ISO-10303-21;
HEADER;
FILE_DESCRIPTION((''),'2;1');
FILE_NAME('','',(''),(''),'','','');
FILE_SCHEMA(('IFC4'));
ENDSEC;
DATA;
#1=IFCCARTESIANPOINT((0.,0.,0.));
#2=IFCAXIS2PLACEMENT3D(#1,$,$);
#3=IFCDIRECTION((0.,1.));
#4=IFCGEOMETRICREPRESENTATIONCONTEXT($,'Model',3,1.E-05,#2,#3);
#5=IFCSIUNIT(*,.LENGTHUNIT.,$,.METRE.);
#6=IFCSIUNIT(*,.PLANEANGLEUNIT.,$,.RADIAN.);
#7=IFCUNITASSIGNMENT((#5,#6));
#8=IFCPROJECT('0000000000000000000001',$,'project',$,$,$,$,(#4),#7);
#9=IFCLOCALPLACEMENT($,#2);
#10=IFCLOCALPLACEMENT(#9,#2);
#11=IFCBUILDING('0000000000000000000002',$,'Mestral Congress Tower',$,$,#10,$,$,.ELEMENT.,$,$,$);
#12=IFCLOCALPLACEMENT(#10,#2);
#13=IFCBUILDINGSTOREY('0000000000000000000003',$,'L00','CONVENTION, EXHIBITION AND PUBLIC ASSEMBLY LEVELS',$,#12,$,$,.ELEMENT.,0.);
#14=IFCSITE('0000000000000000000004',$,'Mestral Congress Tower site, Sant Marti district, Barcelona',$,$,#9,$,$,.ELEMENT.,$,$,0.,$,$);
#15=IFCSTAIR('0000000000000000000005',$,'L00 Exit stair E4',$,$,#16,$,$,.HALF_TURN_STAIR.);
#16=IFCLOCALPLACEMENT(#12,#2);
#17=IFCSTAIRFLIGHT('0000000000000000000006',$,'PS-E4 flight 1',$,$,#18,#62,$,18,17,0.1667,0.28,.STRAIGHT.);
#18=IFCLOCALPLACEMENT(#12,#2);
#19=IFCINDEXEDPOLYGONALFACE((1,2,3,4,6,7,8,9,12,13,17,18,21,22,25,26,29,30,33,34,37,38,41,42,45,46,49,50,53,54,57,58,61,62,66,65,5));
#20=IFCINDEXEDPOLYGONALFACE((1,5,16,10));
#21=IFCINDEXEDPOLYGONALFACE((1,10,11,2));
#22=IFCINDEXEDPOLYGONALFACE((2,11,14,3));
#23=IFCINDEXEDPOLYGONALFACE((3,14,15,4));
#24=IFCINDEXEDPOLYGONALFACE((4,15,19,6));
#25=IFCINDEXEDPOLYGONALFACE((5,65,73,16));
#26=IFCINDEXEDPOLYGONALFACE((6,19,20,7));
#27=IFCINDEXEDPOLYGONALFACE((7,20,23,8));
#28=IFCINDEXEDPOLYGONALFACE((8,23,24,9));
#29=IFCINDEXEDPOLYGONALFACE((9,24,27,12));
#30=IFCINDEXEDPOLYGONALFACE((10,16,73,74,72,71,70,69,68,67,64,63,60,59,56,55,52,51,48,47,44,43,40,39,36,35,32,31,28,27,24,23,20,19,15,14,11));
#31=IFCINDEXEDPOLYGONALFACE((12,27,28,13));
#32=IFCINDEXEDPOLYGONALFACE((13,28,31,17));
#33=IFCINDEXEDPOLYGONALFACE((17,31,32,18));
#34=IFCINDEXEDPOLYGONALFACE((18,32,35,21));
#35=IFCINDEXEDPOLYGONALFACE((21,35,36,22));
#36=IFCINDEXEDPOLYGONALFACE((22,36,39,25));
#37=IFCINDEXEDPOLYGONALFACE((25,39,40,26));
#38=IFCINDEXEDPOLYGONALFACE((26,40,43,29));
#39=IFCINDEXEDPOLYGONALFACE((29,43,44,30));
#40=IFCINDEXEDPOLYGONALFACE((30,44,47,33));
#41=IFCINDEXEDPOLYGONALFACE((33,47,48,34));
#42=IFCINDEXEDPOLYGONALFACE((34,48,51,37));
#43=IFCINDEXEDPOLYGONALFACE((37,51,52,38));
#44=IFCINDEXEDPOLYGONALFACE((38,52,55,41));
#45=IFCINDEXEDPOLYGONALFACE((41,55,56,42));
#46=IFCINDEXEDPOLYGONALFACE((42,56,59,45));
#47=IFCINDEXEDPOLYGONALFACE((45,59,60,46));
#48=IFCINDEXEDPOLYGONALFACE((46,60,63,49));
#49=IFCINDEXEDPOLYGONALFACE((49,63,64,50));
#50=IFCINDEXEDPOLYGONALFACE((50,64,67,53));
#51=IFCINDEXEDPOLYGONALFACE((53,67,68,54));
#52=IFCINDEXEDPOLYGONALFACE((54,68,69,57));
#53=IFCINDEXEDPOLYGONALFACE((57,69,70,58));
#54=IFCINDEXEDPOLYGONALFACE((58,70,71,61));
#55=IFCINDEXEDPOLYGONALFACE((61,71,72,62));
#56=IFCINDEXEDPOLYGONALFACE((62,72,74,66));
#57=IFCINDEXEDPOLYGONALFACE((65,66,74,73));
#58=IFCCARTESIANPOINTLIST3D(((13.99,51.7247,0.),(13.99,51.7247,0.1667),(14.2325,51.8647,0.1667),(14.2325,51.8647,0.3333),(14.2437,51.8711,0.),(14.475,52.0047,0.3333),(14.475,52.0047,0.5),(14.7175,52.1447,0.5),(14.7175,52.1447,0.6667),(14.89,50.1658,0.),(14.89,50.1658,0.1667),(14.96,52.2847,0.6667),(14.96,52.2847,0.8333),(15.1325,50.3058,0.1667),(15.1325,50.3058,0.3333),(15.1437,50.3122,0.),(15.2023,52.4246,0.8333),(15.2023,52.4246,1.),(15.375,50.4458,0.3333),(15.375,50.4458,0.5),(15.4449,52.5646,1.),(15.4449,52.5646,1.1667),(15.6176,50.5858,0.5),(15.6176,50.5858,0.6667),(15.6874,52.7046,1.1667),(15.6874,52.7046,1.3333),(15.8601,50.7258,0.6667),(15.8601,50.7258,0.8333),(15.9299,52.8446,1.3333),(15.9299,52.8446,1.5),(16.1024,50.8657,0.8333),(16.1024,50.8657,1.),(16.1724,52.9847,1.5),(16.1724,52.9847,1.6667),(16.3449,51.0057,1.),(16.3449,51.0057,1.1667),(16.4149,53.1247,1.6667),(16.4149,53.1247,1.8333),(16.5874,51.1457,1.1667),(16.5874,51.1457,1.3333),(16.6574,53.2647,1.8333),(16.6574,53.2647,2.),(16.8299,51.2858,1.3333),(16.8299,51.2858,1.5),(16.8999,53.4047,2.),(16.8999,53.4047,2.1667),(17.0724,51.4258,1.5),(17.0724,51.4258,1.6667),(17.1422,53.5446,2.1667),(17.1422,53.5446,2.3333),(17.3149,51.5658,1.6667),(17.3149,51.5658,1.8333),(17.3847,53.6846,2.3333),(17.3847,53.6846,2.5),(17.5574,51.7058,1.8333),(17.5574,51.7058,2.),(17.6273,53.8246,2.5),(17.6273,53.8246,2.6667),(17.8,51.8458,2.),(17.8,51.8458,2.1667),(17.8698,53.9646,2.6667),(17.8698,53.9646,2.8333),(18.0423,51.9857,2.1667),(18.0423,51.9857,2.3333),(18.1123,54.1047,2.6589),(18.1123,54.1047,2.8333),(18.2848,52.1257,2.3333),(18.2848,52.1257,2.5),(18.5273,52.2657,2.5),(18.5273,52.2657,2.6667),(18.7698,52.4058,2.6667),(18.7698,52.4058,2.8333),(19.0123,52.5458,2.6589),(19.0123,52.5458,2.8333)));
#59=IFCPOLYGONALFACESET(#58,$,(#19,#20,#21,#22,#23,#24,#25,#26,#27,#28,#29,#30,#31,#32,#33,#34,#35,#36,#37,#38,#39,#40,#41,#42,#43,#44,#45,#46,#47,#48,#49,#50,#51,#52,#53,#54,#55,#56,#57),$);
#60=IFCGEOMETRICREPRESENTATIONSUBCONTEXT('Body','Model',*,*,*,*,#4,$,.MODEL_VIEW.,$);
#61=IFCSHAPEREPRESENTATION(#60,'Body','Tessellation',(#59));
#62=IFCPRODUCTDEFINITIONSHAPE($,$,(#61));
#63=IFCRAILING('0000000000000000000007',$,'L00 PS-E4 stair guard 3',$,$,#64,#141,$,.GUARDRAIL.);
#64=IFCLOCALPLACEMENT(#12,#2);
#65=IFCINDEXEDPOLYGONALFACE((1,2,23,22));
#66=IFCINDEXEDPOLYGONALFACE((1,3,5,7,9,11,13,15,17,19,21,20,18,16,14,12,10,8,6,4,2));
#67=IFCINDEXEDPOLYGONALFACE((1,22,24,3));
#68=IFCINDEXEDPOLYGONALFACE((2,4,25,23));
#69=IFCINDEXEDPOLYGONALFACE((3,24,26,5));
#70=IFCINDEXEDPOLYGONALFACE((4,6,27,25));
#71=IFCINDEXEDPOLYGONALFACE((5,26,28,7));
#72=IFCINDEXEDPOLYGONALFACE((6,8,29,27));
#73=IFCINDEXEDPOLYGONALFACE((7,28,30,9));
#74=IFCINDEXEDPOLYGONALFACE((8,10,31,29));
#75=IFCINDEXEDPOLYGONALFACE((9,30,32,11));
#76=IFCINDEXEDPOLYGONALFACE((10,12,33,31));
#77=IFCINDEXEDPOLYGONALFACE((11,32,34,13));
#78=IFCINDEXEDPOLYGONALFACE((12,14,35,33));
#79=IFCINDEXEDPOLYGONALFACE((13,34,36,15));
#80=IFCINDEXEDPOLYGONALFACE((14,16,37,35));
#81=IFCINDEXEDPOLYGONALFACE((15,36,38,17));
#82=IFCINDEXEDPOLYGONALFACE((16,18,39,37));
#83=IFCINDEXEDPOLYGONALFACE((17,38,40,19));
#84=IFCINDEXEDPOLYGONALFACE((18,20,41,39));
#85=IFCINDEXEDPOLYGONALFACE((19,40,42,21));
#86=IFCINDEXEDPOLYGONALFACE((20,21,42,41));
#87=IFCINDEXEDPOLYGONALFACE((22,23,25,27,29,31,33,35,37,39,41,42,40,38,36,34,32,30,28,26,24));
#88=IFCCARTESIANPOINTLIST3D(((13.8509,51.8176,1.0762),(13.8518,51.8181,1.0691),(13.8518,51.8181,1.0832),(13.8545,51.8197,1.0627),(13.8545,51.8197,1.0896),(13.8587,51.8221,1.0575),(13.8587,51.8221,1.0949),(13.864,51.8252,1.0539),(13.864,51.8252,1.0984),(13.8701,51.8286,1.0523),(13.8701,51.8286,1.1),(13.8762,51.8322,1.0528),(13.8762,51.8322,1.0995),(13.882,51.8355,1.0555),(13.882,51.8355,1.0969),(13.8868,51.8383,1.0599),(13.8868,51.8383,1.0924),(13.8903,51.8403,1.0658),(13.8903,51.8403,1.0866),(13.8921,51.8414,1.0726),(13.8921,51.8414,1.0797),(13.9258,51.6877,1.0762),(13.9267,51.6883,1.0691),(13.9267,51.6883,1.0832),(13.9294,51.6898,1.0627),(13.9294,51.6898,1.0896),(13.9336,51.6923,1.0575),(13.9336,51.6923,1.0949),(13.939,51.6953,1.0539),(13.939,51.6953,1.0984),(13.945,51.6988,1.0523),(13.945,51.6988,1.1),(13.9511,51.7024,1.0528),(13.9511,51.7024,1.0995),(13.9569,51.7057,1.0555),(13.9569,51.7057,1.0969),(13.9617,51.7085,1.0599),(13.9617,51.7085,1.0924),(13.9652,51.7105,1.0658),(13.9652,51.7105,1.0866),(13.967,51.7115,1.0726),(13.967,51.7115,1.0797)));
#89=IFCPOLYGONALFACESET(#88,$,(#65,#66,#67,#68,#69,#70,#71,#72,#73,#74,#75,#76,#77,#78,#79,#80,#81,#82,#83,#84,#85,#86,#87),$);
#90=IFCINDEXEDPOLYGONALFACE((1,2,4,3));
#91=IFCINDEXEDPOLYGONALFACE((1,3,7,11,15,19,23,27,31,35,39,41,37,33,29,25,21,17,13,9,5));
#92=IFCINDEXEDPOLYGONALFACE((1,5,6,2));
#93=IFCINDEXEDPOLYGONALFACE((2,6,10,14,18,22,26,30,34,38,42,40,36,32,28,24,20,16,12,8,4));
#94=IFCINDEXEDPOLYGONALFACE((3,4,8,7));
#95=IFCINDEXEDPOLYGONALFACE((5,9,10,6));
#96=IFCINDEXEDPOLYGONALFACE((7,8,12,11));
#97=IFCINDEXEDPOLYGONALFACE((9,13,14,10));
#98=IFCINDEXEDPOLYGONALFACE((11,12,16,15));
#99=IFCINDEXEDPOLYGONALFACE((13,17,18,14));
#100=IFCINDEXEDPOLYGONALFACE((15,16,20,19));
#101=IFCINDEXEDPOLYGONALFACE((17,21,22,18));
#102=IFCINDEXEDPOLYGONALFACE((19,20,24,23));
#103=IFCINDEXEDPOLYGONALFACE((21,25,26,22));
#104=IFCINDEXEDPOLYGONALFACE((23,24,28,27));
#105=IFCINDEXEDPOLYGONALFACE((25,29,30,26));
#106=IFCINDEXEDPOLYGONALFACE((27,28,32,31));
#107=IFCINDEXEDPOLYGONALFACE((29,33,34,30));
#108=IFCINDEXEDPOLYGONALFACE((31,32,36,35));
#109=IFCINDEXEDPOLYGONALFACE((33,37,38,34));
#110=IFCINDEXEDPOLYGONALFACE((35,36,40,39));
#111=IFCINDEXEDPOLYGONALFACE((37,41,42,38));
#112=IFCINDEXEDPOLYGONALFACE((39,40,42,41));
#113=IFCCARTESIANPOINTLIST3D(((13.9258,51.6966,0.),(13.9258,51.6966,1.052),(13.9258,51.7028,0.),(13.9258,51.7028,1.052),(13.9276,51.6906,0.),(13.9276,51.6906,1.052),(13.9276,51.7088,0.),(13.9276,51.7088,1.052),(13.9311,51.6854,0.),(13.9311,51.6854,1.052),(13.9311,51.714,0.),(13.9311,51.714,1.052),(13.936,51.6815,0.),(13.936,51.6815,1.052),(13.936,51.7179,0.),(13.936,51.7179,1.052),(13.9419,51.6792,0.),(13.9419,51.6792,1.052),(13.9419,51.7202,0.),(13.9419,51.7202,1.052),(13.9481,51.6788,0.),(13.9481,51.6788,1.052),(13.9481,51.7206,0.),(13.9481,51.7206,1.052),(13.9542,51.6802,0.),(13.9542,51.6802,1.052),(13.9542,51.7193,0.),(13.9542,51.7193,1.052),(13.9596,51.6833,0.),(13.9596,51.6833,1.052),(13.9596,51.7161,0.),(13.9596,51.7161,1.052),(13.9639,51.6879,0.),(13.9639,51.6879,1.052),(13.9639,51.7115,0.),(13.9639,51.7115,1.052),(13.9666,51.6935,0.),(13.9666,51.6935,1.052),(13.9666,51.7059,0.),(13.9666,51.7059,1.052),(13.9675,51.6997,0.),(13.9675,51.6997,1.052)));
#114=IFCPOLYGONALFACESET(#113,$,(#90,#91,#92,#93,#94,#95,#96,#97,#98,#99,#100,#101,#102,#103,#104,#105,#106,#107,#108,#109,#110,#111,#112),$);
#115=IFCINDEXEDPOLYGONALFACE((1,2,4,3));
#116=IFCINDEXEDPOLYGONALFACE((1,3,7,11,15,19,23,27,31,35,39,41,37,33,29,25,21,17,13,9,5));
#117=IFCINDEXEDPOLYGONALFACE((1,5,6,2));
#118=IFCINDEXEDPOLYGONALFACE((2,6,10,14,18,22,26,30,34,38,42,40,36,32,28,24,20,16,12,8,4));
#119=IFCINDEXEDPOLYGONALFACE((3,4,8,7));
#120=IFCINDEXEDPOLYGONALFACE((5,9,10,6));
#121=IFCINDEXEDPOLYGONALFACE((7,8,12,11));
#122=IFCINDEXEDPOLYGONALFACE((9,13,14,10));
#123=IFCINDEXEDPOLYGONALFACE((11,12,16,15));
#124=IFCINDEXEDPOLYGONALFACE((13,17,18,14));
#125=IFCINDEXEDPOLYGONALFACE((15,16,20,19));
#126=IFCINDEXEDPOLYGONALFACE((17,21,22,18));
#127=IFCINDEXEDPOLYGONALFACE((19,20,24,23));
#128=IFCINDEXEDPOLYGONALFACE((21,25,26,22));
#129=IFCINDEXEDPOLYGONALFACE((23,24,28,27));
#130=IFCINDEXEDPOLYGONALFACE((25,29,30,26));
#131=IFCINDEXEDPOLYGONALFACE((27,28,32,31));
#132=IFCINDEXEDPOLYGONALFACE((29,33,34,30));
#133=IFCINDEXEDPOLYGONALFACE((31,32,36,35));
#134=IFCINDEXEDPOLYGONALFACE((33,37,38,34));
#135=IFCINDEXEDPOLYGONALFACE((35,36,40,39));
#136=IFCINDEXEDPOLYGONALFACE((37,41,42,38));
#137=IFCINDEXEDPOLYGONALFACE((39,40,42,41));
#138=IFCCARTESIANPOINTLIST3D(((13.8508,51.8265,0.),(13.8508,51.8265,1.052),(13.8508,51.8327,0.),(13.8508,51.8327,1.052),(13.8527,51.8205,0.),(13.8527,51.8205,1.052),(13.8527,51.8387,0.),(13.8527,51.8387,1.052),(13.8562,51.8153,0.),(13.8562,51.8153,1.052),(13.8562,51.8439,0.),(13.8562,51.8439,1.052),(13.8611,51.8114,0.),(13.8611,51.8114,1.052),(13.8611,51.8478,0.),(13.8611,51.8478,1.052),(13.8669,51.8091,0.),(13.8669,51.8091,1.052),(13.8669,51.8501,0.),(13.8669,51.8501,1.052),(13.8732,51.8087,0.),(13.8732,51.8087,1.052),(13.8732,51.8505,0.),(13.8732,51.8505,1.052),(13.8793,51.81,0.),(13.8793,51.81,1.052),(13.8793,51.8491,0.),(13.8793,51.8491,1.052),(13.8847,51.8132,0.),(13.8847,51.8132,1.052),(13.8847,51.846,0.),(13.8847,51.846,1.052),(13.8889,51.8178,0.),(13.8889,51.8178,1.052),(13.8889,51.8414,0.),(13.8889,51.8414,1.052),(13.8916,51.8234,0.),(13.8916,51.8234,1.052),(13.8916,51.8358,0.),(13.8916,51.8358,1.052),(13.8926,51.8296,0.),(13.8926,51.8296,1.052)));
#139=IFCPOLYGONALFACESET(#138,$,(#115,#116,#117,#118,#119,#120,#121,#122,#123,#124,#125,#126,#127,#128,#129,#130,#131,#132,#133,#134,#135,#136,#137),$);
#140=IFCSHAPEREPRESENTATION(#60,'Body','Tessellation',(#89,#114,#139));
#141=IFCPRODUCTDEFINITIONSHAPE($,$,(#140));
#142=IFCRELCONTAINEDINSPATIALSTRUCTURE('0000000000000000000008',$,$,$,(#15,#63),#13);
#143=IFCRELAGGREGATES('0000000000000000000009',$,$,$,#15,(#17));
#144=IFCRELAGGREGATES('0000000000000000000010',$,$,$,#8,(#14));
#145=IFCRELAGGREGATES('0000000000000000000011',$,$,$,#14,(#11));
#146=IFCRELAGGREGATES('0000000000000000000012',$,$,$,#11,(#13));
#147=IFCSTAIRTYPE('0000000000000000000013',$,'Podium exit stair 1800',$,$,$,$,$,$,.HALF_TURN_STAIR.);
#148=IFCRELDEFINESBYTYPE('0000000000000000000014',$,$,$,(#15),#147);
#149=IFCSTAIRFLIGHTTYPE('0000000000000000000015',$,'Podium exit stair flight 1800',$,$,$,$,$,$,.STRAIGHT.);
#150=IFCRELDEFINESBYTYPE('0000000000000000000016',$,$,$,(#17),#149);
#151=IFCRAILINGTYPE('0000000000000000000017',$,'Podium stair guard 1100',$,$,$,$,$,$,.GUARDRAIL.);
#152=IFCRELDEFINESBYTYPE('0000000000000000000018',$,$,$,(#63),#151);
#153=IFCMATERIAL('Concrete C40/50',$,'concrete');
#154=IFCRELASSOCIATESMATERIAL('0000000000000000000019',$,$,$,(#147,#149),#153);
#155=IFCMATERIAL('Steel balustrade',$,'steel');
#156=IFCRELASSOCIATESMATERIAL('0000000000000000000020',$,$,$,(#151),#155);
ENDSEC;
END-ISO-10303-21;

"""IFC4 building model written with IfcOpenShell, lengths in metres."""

from ifc_helpers import new_model, si_unit, direction, frame, origin, origin_2d, place, context, subcontext, project, spatial, polyline, circle, outline, extrude, material, type_object, element, aggregate, save


model = new_model("IFC4")

# Units and contexts
model_context = context("Model", 3, precision=1e-05, world=origin(), true_north=direction((0.0, 1.0)))
body_context = subcontext(model_context, "Body", "Model", "MODEL_VIEW")
ifc_project = project(units=[si_unit("LENGTHUNIT", "METRE"), si_unit("PLANEANGLEUNIT", "RADIAN")], contexts=[model_context])

# Site, building, storey
site_placement = place(None, origin())
site = spatial("IfcSite", under=ifc_project, at=site_placement, Name="Mestral Congress Tower site, Sant Marti district, Barcelona", CompositionType="ELEMENT", RefElevation=0.0)
building_placement = place(site_placement, origin())
building = spatial("IfcBuilding", under=site, at=building_placement, Name="Mestral Congress Tower", CompositionType="ELEMENT")
storey_placement = place(building_placement, origin())
storey = spatial("IfcBuildingStorey", under=building, at=storey_placement, Name="L00", Description="CONVENTION, EXHIBITION AND PUBLIC ASSEMBLY LEVELS", CompositionType="ELEMENT", Elevation=0.0)

# Stair, stair flight
ifc_material_1 = material(Name="Concrete C40/50", Category="concrete")
stair_type = type_object("IfcStairType", Name="Podium exit stair 1800", PredefinedType="HALF_TURN_STAIR", material=ifc_material_1)
stair_placement = place(storey_placement, origin())
stair = element("IfcStair", 1, at=stair_placement, inside=storey, type_object=stair_type, Name="L00 Exit stair E4", PredefinedType="HALF_TURN_STAIR")
stair_flight_type = type_object("IfcStairFlightType", Name="Podium exit stair flight 1800", PredefinedType="STRAIGHT", material=ifc_material_1)
stair_flight_placement = place(storey_placement, frame((14.4399, 50.9453, 0.0), z_axis=(0.0, 0.0, 1.0), x_axis=(0.866025, 0.5, 0.0)))
stair_flight = element("IfcStairFlight", 2, at=stair_flight_placement, type_object=stair_flight_type, Name="PS-E4 flight 1", NumberOfRisers=18, NumberOfTreads=17, PredefinedType="STRAIGHT", RiserHeight=0.1667, TreadLength=0.28, context=body_context, shape_type="SweptSolid", body=[
    extrude(outline(polyline([(0.0, 0.0), (0.0, 0.1667), (0.28, 0.1667), (0.28, 0.3333), (0.5601, 0.3333), (0.5601, 0.5), (0.8401, 0.5), (0.8401, 0.6667), (1.1201, 0.6667), (1.1201, 0.8333), (1.3999, 0.8333), (1.3999, 1.0), (1.6799, 1.0), (1.6799, 1.1667), (1.96, 1.1667), (1.96, 1.3333), (2.24, 1.3333), (2.24, 1.5), (2.52, 1.5), (2.52, 1.6667), (2.8, 1.6667), (2.8, 1.8333), (3.0801, 1.8333), (3.0801, 2.0), (3.3601, 2.0), (3.3601, 2.1667), (3.6399, 2.1667), (3.6399, 2.3333), (3.9199, 2.3333), (3.9199, 2.5), (4.2, 2.5), (4.2, 2.6667), (4.48, 2.6667), (4.48, 2.8333), (4.76, 2.8333), (4.76, 3.0), (4.76, 2.6589), (0.293, 0.0), (0.0, 0.0)])), frame((0.0, 0.8999, 0.0), z_axis=(0.0, -1.0, 0.0), x_axis=(1.0, 0.0, 0.0)), (0.0, 0.0, 1.0), 1.8),
])
aggregate(stair, [stair_flight])

# Railing
ifc_material_2 = material(Name="Steel balustrade", Category="steel")
railing_type_1 = type_object("IfcRailingType", Name="Podium stair guard 1100", PredefinedType="GUARDRAIL", material=ifc_material_2)
railing_1_placement = place(storey_placement, frame((13.9465, 51.6997, 0.0)))
element("IfcRailing", 3, at=railing_1_placement, inside=storey, type_object=railing_type_1, Name="L00 PS-E4 stair guard 3", PredefinedType="GUARDRAIL", context=body_context, shape_type="SweptSolid", body=[
    extrude(circle(Radius=0.0239, at=origin_2d()), frame((0.0, 0.0, 1.0762), z_axis=(-0.499816, 0.866131, 0.0), x_axis=(-0.866131, -0.499816, 0.0)), (0.0, 0.0, 1.0), 0.1499),
    extrude(circle(Radius=0.021, at=origin_2d()), origin(), (0.0, 0.0, 1.0), 1.052),
    extrude(circle(Radius=0.021, at=origin_2d()), frame((-0.075, 0.1299, 0.0)), (0.0, 0.0, 1.0), 1.052),
])

save(model, "model.ifc")
